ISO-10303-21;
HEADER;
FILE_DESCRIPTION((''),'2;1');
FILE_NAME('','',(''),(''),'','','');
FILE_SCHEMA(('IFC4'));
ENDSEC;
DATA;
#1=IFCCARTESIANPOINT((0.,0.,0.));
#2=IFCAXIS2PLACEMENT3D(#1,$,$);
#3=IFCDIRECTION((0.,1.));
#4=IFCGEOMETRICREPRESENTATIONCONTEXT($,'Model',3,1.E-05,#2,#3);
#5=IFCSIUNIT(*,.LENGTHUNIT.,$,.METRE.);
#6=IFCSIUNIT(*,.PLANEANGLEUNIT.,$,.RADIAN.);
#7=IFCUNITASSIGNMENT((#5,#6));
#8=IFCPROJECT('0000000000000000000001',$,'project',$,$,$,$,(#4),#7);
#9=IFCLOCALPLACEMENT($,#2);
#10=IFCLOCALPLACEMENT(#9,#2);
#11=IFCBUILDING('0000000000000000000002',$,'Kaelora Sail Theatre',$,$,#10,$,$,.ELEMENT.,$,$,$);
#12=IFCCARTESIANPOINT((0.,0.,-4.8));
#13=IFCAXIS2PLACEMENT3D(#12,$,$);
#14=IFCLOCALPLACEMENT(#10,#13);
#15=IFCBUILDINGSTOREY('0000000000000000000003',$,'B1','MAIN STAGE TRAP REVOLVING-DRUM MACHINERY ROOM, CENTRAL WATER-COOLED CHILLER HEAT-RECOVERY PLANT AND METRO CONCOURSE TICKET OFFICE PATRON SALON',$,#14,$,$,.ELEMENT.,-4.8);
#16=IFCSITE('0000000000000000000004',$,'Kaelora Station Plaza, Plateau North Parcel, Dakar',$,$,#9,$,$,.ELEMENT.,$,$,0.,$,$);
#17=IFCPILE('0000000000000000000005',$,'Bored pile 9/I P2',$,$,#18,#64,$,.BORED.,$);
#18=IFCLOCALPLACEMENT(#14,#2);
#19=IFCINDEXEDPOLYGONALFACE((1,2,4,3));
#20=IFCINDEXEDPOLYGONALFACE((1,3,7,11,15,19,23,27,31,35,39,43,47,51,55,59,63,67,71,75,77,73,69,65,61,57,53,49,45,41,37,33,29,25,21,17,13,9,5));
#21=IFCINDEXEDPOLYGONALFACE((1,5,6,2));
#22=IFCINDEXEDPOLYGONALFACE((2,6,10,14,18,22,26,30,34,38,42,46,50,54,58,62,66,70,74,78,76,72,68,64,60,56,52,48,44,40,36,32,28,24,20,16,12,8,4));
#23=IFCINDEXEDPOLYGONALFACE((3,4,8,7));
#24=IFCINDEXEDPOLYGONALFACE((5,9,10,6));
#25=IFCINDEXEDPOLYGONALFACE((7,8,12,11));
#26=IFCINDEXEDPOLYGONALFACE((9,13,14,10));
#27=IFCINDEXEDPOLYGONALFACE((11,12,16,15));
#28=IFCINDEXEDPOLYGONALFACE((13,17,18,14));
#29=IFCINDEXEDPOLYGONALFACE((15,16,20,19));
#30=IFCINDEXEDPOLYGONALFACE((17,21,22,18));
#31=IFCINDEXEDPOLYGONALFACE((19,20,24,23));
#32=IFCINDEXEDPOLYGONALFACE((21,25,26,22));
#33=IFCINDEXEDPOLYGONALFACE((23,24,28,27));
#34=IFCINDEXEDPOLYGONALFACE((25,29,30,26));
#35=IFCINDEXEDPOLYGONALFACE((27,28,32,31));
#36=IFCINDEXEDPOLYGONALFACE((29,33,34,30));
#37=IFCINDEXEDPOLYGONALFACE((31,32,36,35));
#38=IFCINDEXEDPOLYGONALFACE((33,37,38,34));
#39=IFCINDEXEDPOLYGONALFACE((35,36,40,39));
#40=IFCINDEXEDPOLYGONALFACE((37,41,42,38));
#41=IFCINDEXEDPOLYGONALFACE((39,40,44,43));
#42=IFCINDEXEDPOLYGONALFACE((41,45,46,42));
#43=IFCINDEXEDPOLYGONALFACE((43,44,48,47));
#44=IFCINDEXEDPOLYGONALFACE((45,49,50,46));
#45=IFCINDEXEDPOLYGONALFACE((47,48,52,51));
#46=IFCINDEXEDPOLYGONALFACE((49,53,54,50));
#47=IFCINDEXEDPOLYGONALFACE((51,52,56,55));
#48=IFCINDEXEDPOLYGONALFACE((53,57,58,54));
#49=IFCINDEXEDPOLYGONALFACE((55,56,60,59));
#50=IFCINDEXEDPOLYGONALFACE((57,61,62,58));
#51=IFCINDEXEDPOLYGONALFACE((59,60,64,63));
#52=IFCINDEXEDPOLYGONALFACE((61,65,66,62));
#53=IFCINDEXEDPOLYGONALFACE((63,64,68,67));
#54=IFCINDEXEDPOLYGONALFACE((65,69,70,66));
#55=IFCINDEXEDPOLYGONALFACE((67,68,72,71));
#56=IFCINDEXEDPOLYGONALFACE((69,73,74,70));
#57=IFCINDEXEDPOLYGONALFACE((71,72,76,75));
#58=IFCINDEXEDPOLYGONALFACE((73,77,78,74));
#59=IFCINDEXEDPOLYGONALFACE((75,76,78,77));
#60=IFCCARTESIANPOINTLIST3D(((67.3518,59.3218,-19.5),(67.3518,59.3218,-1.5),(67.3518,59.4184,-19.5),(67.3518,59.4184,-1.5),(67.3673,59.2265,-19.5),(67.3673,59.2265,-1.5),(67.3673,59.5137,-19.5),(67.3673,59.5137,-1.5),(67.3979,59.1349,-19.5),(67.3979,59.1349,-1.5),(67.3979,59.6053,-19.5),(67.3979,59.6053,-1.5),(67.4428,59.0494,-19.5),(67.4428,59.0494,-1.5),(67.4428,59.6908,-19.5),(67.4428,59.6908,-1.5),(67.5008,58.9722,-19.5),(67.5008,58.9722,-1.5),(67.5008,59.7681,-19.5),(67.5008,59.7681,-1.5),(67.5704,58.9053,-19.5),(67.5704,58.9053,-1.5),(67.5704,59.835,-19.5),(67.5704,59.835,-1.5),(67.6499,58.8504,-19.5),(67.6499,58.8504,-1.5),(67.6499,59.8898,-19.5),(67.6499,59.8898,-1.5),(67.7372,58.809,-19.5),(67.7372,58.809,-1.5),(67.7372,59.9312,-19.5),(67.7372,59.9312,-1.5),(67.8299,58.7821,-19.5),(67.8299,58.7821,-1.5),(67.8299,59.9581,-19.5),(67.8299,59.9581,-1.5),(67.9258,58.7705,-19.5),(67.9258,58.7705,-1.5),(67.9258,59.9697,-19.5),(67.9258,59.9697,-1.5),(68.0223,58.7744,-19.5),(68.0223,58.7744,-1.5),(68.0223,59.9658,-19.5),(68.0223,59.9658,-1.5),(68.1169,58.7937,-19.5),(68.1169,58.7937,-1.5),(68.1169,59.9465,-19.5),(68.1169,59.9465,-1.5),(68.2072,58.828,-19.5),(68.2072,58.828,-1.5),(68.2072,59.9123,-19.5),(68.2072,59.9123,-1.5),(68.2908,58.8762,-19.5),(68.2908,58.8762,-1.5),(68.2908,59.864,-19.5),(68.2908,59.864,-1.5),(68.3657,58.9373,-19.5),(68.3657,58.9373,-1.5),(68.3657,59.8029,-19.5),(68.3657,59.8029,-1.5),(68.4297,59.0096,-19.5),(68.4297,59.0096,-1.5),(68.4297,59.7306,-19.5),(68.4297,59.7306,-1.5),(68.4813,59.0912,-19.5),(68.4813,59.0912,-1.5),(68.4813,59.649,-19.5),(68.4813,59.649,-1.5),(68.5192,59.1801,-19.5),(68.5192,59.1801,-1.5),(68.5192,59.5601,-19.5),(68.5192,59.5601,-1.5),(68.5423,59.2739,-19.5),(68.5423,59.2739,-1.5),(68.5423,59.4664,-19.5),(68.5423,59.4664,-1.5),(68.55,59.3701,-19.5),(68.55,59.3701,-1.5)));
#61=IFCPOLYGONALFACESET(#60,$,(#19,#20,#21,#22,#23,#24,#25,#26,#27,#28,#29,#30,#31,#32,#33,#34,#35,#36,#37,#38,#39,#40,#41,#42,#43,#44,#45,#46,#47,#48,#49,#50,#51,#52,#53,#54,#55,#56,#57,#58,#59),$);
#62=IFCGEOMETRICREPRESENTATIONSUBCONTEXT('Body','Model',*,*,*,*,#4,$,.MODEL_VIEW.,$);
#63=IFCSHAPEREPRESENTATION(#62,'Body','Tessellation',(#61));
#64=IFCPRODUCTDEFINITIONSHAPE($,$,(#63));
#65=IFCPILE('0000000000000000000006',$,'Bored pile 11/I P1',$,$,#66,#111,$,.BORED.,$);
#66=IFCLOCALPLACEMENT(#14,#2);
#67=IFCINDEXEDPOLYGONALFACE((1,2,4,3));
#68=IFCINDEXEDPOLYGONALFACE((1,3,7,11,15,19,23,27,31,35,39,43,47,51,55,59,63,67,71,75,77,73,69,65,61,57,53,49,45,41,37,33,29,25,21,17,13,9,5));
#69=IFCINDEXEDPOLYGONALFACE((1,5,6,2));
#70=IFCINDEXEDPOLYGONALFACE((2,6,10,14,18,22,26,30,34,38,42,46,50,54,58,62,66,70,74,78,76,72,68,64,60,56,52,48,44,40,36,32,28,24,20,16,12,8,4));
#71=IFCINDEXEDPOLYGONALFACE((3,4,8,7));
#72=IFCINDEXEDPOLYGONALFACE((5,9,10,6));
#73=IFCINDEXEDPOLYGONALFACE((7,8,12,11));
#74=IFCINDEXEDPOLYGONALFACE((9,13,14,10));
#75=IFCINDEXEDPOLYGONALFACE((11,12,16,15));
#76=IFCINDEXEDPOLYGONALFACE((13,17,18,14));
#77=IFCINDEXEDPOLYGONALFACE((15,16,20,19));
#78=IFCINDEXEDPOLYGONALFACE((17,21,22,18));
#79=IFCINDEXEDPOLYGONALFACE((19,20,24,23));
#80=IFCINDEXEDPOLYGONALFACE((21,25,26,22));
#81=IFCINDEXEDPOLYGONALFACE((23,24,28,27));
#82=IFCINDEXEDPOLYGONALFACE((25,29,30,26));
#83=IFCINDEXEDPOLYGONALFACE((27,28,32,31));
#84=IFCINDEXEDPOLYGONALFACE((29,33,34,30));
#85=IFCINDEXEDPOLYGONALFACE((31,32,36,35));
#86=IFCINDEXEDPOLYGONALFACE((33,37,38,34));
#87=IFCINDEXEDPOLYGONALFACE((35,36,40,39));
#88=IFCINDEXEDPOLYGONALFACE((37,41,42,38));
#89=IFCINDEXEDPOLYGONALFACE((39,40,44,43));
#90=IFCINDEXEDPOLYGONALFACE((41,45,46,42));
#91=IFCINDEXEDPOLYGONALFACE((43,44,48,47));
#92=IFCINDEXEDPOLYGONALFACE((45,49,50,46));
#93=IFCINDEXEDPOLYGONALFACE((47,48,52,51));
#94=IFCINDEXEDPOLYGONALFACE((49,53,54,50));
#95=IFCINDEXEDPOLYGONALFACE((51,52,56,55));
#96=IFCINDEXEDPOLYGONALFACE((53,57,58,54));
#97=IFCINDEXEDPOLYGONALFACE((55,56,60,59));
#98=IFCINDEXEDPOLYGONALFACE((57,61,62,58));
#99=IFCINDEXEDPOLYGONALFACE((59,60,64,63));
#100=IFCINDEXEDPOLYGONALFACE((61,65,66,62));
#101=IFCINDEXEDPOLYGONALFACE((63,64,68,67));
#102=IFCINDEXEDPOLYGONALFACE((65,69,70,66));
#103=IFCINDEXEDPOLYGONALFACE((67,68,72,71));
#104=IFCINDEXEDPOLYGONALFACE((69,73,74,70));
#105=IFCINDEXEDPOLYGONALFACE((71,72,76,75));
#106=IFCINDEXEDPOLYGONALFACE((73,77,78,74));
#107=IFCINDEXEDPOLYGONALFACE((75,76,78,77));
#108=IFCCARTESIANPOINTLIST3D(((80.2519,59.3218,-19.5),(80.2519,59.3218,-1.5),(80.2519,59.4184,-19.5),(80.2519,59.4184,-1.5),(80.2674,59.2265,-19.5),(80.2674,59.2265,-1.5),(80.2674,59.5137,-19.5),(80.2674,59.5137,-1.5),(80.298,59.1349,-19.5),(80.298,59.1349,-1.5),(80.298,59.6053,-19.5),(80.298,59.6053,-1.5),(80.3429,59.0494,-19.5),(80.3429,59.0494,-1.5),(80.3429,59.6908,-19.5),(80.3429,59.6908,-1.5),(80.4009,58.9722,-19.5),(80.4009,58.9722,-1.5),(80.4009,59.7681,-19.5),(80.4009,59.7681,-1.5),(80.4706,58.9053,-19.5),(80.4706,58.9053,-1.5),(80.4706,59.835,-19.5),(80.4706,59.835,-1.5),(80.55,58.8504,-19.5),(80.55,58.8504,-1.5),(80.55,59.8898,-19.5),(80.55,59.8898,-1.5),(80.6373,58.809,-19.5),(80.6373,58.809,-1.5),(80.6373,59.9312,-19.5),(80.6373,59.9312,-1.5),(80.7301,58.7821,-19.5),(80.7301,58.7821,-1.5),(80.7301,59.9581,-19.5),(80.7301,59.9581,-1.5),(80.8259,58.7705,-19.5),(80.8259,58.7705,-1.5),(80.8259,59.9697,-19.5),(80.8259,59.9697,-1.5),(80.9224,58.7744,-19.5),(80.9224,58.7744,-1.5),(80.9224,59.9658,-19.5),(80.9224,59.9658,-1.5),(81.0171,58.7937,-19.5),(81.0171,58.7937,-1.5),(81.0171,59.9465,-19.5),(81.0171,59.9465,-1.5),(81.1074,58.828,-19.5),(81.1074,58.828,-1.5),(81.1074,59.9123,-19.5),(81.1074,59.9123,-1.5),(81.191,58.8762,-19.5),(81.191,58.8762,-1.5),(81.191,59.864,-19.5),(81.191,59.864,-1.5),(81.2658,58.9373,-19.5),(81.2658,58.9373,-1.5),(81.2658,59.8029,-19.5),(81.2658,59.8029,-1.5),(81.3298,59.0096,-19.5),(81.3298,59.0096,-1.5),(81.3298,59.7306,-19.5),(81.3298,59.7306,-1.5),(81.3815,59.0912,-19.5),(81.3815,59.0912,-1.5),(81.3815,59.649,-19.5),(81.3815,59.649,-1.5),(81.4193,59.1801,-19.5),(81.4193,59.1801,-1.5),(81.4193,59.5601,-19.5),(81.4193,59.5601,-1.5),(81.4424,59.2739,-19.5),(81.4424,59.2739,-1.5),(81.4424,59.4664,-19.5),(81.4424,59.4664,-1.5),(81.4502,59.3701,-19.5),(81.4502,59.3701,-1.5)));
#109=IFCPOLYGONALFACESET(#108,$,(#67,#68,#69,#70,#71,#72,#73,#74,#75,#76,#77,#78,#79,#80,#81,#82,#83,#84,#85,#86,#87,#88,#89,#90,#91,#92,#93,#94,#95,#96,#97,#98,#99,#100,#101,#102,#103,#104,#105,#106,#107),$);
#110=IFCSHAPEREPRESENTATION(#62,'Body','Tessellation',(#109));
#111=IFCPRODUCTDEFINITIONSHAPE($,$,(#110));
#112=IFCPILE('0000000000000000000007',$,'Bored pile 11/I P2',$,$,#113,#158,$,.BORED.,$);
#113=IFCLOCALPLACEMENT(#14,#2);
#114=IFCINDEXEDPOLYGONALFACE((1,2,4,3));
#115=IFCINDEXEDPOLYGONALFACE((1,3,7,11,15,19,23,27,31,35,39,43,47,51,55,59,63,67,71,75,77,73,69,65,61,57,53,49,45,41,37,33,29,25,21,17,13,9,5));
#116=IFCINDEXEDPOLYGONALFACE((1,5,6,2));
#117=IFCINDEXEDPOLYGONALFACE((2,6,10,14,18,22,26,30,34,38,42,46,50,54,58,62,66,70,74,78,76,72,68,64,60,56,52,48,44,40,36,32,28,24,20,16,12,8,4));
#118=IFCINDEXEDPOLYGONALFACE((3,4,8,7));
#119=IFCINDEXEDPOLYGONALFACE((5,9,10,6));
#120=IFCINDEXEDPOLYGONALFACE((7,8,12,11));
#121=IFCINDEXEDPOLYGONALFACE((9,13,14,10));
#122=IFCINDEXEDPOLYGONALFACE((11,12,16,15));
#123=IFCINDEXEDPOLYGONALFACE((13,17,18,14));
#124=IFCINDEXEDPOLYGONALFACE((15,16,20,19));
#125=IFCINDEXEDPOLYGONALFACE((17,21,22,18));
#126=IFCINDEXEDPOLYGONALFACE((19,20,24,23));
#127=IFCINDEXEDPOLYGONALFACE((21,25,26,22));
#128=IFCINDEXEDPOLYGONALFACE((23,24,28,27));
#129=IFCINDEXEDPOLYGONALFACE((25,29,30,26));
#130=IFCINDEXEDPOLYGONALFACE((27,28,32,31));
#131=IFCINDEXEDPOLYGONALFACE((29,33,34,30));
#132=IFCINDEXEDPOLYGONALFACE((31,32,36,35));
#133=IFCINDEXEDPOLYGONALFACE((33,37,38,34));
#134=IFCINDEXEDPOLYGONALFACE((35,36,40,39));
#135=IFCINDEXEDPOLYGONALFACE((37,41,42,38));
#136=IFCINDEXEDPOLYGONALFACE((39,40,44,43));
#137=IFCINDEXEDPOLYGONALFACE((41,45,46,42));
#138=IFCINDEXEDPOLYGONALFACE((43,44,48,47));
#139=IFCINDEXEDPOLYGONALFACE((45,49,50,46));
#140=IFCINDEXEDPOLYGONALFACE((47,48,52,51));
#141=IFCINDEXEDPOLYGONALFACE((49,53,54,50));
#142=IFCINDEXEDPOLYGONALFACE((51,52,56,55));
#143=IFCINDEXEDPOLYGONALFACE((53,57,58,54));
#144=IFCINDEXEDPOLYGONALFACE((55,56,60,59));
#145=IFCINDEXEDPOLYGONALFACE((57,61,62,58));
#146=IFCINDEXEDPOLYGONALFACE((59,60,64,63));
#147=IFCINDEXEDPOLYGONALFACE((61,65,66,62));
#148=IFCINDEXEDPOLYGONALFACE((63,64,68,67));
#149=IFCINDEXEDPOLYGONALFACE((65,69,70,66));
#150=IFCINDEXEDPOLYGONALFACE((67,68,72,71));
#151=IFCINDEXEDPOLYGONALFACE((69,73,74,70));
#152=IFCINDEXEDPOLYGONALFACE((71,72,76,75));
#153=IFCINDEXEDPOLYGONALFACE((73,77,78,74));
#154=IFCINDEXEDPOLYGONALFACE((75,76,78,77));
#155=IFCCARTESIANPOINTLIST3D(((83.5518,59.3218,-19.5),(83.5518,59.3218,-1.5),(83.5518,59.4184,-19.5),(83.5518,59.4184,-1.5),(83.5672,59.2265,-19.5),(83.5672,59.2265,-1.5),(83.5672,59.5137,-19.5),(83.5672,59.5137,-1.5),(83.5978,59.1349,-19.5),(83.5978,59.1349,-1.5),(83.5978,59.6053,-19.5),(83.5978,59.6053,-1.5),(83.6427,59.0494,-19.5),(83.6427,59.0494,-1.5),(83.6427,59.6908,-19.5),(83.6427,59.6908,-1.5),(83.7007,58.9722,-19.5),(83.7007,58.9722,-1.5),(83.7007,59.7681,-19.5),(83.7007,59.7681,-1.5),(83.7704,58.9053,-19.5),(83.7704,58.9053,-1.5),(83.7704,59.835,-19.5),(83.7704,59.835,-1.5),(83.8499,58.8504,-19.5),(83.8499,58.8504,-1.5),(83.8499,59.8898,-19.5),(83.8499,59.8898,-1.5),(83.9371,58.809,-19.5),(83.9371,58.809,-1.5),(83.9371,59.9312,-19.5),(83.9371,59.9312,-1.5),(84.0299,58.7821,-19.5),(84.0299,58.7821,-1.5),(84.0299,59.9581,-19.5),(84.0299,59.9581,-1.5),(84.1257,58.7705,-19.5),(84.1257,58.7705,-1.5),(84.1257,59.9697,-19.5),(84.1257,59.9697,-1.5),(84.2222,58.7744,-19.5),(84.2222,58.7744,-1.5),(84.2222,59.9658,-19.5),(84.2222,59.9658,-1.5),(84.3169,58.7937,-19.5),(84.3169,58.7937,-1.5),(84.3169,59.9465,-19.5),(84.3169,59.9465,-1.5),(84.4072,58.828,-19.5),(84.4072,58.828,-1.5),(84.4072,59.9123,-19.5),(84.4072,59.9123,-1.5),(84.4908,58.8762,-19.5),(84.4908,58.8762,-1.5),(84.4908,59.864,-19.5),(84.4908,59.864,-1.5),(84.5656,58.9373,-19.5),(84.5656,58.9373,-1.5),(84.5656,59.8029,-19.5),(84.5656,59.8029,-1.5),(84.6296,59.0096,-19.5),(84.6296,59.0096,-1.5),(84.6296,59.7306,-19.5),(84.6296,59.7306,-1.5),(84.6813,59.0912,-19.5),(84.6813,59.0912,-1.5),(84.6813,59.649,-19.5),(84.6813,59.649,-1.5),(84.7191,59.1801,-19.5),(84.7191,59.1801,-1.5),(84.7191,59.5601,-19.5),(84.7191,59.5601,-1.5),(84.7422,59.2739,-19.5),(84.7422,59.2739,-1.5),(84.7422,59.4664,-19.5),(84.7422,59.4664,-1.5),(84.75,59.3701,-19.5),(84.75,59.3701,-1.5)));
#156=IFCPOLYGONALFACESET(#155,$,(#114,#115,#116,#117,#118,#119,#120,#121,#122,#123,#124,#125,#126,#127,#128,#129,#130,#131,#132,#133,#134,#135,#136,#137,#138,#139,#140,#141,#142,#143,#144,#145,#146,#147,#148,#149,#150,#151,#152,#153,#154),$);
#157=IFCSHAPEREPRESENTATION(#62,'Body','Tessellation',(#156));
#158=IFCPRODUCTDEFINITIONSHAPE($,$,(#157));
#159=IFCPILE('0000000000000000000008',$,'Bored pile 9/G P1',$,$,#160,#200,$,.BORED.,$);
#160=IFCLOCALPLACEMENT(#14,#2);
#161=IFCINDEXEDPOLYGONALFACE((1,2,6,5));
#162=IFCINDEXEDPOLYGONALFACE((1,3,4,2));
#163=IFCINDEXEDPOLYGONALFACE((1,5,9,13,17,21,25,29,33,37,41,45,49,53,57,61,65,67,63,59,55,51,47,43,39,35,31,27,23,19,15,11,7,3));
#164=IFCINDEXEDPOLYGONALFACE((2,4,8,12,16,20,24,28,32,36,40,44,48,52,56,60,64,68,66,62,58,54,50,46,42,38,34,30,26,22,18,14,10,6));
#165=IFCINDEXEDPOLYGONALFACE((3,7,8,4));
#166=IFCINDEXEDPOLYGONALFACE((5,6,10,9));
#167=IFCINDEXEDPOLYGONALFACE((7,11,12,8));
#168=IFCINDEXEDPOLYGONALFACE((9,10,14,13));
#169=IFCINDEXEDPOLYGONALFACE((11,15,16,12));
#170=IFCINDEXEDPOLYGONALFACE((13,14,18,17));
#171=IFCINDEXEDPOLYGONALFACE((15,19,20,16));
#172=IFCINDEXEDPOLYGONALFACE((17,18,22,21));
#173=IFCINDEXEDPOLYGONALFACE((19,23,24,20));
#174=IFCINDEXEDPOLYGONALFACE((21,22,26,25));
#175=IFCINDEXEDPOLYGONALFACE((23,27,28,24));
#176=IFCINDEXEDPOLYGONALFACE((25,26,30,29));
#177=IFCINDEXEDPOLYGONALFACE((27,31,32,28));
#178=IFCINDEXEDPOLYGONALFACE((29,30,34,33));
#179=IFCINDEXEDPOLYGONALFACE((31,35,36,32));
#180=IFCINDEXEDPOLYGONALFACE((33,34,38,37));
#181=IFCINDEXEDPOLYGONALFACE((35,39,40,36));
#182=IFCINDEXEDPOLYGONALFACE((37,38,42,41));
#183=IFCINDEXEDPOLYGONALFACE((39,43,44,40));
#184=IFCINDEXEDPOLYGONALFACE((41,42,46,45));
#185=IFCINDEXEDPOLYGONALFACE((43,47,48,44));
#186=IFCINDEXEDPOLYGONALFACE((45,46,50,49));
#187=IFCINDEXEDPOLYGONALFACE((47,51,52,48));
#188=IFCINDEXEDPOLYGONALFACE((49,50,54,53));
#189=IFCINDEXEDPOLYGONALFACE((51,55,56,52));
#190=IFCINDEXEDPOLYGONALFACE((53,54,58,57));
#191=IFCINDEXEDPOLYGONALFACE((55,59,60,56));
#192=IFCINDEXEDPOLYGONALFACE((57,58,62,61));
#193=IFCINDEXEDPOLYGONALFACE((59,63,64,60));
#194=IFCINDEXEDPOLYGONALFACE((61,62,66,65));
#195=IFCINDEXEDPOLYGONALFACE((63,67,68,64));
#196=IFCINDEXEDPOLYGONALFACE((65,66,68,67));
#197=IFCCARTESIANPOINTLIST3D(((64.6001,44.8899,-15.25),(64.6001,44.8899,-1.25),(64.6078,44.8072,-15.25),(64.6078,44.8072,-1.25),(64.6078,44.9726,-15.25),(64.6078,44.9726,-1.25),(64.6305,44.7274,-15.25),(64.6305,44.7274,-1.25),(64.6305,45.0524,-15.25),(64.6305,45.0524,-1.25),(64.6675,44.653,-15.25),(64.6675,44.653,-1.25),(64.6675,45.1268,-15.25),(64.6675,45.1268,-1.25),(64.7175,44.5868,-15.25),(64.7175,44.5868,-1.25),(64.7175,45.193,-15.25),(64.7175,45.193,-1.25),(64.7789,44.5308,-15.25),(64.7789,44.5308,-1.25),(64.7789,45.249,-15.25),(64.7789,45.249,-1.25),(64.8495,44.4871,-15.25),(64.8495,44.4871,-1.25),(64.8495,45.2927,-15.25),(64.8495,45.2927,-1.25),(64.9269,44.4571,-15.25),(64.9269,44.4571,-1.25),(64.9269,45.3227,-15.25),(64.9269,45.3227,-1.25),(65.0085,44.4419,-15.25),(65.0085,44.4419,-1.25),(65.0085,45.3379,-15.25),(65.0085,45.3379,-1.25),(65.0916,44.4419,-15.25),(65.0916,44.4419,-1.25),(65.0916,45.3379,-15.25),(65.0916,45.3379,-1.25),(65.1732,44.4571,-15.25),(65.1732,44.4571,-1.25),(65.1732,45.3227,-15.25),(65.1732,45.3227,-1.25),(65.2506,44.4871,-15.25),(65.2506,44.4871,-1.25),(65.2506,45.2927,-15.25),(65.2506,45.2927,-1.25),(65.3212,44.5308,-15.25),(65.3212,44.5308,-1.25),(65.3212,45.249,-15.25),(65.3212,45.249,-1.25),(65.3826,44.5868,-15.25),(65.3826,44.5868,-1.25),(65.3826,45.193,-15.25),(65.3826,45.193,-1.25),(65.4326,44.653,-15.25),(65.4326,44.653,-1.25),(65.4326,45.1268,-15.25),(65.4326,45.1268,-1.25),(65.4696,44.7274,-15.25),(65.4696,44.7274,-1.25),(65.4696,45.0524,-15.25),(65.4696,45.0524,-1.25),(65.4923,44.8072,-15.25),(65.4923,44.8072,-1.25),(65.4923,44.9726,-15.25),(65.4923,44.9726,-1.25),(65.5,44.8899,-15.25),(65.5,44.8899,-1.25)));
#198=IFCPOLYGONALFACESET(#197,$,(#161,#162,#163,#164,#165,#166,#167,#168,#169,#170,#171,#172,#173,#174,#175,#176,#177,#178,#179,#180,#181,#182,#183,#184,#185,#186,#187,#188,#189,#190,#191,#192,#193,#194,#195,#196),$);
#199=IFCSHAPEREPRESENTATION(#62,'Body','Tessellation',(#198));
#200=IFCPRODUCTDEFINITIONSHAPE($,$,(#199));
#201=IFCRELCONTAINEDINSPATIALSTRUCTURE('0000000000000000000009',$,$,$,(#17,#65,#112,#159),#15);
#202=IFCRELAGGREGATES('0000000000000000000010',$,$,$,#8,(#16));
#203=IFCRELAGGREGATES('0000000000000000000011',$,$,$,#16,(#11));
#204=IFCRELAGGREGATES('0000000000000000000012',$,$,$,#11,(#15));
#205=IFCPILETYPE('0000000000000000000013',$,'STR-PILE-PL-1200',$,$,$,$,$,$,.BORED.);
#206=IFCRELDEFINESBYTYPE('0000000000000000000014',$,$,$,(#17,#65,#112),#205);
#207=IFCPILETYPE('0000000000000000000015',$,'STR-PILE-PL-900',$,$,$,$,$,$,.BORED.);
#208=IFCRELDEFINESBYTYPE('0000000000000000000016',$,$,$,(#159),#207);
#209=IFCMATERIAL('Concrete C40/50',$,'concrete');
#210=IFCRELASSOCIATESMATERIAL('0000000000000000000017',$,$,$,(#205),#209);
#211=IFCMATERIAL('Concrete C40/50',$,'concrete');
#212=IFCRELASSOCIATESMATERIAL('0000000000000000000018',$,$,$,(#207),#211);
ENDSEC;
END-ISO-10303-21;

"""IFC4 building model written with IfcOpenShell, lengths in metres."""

from ifc_helpers import new_model, si_unit, direction, frame, origin, origin_2d, place, context, subcontext, project, spatial, circle, extrude, material, material_profile, profile_set, type_object, element, save


model = new_model("IFC4")

# Units and contexts
model_context = context("Model", 3, precision=1e-05, world=origin(), true_north=direction((0.0, 1.0)))
body_context = subcontext(model_context, "Body", "Model", "MODEL_VIEW")
ifc_project = project(units=[si_unit("LENGTHUNIT", "METRE"), si_unit("PLANEANGLEUNIT", "RADIAN")], contexts=[model_context])

# Site, building, storey
site_placement = place(None, origin())
site = spatial("IfcSite", under=ifc_project, at=site_placement, Name="Kaelora Station Plaza, Plateau North Parcel, Dakar", CompositionType="ELEMENT", RefElevation=0.0)
building_placement = place(site_placement, origin())
building = spatial("IfcBuilding", under=site, at=building_placement, Name="Kaelora Sail Theatre", CompositionType="ELEMENT")
storey_placement = place(building_placement, frame((0.0, 0.0, -4.8)))
storey = spatial("IfcBuildingStorey", under=building, at=storey_placement, Name="B1", Description="MAIN STAGE TRAP REVOLVING-DRUM MACHINERY ROOM, CENTRAL WATER-COOLED CHILLER HEAT-RECOVERY PLANT AND METRO CONCOURSE TICKET OFFICE PATRON SALON", CompositionType="ELEMENT", Elevation=-4.8)

# Piles
ifc_material_1 = material(Name="Concrete C40/50", Category="concrete")
ifc_material_profile_1 = material_profile(ifc_material_1, circle(Radius=0.6001, at=origin_2d()), Name="PILE D1200")
ifc_profile_set_1 = profile_set([ifc_material_profile_1], Name="Concrete C40/50")
pile_type_1 = type_object("IfcPileType", Name="STR-PILE-PL-1200", PredefinedType="BORED", material=ifc_profile_set_1)
for number, where, z_axis, x_axis, name in (
    (1, (67.95, 59.3701, -1.5), (0.0, 0.0, -1.0), (1.0, 0.0, 0.0), "Bored pile 9/I P2"),
    (2, (80.8501, 59.3701, -1.5), (0.0, 0.0, -1.0), (1.0, 0.0, 0.0), "Bored pile 11/I P1"),
    (3, (84.1499, 59.3701, -1.5), (0.0, 0.0, -1.0), (1.0, 0.0, 0.0), "Bored pile 11/I P2"),
):
    element("IfcPile", number, at=place(storey_placement, frame(where, z_axis=z_axis, x_axis=x_axis)), inside=storey, type_object=pile_type_1, Name=name, PredefinedType="BORED", context=body_context, shape_type="SweptSolid", body=[
        extrude(circle(Radius=0.6001, at=origin_2d()), origin(), (0.0, 0.0, 1.0), 18.0),
    ])
ifc_material_2 = material(Name="Concrete C40/50", Category="concrete")
ifc_material_profile_2 = material_profile(ifc_material_2, circle(Radius=0.45, at=origin_2d()), Name="PILE D900")
ifc_profile_set_2 = profile_set([ifc_material_profile_2], Name="Concrete C40/50")
pile_type_2 = type_object("IfcPileType", Name="STR-PILE-PL-900", PredefinedType="BORED", material=ifc_profile_set_2)
for number, where, z_axis, x_axis, name in (
    (4, (65.05, 44.8899, -1.25), (0.0, 0.0, -1.0), (1.0, 0.0, 0.0), "Bored pile 9/G P1"),
):
    element("IfcPile", number, at=place(storey_placement, frame(where, z_axis=z_axis, x_axis=x_axis)), inside=storey, type_object=pile_type_2, Name=name, PredefinedType="BORED", context=body_context, shape_type="SweptSolid", body=[
        extrude(circle(Radius=0.45, at=origin_2d()), origin(), (0.0, 0.0, 1.0), 14.0),
    ])

save(model, "model.ifc")
